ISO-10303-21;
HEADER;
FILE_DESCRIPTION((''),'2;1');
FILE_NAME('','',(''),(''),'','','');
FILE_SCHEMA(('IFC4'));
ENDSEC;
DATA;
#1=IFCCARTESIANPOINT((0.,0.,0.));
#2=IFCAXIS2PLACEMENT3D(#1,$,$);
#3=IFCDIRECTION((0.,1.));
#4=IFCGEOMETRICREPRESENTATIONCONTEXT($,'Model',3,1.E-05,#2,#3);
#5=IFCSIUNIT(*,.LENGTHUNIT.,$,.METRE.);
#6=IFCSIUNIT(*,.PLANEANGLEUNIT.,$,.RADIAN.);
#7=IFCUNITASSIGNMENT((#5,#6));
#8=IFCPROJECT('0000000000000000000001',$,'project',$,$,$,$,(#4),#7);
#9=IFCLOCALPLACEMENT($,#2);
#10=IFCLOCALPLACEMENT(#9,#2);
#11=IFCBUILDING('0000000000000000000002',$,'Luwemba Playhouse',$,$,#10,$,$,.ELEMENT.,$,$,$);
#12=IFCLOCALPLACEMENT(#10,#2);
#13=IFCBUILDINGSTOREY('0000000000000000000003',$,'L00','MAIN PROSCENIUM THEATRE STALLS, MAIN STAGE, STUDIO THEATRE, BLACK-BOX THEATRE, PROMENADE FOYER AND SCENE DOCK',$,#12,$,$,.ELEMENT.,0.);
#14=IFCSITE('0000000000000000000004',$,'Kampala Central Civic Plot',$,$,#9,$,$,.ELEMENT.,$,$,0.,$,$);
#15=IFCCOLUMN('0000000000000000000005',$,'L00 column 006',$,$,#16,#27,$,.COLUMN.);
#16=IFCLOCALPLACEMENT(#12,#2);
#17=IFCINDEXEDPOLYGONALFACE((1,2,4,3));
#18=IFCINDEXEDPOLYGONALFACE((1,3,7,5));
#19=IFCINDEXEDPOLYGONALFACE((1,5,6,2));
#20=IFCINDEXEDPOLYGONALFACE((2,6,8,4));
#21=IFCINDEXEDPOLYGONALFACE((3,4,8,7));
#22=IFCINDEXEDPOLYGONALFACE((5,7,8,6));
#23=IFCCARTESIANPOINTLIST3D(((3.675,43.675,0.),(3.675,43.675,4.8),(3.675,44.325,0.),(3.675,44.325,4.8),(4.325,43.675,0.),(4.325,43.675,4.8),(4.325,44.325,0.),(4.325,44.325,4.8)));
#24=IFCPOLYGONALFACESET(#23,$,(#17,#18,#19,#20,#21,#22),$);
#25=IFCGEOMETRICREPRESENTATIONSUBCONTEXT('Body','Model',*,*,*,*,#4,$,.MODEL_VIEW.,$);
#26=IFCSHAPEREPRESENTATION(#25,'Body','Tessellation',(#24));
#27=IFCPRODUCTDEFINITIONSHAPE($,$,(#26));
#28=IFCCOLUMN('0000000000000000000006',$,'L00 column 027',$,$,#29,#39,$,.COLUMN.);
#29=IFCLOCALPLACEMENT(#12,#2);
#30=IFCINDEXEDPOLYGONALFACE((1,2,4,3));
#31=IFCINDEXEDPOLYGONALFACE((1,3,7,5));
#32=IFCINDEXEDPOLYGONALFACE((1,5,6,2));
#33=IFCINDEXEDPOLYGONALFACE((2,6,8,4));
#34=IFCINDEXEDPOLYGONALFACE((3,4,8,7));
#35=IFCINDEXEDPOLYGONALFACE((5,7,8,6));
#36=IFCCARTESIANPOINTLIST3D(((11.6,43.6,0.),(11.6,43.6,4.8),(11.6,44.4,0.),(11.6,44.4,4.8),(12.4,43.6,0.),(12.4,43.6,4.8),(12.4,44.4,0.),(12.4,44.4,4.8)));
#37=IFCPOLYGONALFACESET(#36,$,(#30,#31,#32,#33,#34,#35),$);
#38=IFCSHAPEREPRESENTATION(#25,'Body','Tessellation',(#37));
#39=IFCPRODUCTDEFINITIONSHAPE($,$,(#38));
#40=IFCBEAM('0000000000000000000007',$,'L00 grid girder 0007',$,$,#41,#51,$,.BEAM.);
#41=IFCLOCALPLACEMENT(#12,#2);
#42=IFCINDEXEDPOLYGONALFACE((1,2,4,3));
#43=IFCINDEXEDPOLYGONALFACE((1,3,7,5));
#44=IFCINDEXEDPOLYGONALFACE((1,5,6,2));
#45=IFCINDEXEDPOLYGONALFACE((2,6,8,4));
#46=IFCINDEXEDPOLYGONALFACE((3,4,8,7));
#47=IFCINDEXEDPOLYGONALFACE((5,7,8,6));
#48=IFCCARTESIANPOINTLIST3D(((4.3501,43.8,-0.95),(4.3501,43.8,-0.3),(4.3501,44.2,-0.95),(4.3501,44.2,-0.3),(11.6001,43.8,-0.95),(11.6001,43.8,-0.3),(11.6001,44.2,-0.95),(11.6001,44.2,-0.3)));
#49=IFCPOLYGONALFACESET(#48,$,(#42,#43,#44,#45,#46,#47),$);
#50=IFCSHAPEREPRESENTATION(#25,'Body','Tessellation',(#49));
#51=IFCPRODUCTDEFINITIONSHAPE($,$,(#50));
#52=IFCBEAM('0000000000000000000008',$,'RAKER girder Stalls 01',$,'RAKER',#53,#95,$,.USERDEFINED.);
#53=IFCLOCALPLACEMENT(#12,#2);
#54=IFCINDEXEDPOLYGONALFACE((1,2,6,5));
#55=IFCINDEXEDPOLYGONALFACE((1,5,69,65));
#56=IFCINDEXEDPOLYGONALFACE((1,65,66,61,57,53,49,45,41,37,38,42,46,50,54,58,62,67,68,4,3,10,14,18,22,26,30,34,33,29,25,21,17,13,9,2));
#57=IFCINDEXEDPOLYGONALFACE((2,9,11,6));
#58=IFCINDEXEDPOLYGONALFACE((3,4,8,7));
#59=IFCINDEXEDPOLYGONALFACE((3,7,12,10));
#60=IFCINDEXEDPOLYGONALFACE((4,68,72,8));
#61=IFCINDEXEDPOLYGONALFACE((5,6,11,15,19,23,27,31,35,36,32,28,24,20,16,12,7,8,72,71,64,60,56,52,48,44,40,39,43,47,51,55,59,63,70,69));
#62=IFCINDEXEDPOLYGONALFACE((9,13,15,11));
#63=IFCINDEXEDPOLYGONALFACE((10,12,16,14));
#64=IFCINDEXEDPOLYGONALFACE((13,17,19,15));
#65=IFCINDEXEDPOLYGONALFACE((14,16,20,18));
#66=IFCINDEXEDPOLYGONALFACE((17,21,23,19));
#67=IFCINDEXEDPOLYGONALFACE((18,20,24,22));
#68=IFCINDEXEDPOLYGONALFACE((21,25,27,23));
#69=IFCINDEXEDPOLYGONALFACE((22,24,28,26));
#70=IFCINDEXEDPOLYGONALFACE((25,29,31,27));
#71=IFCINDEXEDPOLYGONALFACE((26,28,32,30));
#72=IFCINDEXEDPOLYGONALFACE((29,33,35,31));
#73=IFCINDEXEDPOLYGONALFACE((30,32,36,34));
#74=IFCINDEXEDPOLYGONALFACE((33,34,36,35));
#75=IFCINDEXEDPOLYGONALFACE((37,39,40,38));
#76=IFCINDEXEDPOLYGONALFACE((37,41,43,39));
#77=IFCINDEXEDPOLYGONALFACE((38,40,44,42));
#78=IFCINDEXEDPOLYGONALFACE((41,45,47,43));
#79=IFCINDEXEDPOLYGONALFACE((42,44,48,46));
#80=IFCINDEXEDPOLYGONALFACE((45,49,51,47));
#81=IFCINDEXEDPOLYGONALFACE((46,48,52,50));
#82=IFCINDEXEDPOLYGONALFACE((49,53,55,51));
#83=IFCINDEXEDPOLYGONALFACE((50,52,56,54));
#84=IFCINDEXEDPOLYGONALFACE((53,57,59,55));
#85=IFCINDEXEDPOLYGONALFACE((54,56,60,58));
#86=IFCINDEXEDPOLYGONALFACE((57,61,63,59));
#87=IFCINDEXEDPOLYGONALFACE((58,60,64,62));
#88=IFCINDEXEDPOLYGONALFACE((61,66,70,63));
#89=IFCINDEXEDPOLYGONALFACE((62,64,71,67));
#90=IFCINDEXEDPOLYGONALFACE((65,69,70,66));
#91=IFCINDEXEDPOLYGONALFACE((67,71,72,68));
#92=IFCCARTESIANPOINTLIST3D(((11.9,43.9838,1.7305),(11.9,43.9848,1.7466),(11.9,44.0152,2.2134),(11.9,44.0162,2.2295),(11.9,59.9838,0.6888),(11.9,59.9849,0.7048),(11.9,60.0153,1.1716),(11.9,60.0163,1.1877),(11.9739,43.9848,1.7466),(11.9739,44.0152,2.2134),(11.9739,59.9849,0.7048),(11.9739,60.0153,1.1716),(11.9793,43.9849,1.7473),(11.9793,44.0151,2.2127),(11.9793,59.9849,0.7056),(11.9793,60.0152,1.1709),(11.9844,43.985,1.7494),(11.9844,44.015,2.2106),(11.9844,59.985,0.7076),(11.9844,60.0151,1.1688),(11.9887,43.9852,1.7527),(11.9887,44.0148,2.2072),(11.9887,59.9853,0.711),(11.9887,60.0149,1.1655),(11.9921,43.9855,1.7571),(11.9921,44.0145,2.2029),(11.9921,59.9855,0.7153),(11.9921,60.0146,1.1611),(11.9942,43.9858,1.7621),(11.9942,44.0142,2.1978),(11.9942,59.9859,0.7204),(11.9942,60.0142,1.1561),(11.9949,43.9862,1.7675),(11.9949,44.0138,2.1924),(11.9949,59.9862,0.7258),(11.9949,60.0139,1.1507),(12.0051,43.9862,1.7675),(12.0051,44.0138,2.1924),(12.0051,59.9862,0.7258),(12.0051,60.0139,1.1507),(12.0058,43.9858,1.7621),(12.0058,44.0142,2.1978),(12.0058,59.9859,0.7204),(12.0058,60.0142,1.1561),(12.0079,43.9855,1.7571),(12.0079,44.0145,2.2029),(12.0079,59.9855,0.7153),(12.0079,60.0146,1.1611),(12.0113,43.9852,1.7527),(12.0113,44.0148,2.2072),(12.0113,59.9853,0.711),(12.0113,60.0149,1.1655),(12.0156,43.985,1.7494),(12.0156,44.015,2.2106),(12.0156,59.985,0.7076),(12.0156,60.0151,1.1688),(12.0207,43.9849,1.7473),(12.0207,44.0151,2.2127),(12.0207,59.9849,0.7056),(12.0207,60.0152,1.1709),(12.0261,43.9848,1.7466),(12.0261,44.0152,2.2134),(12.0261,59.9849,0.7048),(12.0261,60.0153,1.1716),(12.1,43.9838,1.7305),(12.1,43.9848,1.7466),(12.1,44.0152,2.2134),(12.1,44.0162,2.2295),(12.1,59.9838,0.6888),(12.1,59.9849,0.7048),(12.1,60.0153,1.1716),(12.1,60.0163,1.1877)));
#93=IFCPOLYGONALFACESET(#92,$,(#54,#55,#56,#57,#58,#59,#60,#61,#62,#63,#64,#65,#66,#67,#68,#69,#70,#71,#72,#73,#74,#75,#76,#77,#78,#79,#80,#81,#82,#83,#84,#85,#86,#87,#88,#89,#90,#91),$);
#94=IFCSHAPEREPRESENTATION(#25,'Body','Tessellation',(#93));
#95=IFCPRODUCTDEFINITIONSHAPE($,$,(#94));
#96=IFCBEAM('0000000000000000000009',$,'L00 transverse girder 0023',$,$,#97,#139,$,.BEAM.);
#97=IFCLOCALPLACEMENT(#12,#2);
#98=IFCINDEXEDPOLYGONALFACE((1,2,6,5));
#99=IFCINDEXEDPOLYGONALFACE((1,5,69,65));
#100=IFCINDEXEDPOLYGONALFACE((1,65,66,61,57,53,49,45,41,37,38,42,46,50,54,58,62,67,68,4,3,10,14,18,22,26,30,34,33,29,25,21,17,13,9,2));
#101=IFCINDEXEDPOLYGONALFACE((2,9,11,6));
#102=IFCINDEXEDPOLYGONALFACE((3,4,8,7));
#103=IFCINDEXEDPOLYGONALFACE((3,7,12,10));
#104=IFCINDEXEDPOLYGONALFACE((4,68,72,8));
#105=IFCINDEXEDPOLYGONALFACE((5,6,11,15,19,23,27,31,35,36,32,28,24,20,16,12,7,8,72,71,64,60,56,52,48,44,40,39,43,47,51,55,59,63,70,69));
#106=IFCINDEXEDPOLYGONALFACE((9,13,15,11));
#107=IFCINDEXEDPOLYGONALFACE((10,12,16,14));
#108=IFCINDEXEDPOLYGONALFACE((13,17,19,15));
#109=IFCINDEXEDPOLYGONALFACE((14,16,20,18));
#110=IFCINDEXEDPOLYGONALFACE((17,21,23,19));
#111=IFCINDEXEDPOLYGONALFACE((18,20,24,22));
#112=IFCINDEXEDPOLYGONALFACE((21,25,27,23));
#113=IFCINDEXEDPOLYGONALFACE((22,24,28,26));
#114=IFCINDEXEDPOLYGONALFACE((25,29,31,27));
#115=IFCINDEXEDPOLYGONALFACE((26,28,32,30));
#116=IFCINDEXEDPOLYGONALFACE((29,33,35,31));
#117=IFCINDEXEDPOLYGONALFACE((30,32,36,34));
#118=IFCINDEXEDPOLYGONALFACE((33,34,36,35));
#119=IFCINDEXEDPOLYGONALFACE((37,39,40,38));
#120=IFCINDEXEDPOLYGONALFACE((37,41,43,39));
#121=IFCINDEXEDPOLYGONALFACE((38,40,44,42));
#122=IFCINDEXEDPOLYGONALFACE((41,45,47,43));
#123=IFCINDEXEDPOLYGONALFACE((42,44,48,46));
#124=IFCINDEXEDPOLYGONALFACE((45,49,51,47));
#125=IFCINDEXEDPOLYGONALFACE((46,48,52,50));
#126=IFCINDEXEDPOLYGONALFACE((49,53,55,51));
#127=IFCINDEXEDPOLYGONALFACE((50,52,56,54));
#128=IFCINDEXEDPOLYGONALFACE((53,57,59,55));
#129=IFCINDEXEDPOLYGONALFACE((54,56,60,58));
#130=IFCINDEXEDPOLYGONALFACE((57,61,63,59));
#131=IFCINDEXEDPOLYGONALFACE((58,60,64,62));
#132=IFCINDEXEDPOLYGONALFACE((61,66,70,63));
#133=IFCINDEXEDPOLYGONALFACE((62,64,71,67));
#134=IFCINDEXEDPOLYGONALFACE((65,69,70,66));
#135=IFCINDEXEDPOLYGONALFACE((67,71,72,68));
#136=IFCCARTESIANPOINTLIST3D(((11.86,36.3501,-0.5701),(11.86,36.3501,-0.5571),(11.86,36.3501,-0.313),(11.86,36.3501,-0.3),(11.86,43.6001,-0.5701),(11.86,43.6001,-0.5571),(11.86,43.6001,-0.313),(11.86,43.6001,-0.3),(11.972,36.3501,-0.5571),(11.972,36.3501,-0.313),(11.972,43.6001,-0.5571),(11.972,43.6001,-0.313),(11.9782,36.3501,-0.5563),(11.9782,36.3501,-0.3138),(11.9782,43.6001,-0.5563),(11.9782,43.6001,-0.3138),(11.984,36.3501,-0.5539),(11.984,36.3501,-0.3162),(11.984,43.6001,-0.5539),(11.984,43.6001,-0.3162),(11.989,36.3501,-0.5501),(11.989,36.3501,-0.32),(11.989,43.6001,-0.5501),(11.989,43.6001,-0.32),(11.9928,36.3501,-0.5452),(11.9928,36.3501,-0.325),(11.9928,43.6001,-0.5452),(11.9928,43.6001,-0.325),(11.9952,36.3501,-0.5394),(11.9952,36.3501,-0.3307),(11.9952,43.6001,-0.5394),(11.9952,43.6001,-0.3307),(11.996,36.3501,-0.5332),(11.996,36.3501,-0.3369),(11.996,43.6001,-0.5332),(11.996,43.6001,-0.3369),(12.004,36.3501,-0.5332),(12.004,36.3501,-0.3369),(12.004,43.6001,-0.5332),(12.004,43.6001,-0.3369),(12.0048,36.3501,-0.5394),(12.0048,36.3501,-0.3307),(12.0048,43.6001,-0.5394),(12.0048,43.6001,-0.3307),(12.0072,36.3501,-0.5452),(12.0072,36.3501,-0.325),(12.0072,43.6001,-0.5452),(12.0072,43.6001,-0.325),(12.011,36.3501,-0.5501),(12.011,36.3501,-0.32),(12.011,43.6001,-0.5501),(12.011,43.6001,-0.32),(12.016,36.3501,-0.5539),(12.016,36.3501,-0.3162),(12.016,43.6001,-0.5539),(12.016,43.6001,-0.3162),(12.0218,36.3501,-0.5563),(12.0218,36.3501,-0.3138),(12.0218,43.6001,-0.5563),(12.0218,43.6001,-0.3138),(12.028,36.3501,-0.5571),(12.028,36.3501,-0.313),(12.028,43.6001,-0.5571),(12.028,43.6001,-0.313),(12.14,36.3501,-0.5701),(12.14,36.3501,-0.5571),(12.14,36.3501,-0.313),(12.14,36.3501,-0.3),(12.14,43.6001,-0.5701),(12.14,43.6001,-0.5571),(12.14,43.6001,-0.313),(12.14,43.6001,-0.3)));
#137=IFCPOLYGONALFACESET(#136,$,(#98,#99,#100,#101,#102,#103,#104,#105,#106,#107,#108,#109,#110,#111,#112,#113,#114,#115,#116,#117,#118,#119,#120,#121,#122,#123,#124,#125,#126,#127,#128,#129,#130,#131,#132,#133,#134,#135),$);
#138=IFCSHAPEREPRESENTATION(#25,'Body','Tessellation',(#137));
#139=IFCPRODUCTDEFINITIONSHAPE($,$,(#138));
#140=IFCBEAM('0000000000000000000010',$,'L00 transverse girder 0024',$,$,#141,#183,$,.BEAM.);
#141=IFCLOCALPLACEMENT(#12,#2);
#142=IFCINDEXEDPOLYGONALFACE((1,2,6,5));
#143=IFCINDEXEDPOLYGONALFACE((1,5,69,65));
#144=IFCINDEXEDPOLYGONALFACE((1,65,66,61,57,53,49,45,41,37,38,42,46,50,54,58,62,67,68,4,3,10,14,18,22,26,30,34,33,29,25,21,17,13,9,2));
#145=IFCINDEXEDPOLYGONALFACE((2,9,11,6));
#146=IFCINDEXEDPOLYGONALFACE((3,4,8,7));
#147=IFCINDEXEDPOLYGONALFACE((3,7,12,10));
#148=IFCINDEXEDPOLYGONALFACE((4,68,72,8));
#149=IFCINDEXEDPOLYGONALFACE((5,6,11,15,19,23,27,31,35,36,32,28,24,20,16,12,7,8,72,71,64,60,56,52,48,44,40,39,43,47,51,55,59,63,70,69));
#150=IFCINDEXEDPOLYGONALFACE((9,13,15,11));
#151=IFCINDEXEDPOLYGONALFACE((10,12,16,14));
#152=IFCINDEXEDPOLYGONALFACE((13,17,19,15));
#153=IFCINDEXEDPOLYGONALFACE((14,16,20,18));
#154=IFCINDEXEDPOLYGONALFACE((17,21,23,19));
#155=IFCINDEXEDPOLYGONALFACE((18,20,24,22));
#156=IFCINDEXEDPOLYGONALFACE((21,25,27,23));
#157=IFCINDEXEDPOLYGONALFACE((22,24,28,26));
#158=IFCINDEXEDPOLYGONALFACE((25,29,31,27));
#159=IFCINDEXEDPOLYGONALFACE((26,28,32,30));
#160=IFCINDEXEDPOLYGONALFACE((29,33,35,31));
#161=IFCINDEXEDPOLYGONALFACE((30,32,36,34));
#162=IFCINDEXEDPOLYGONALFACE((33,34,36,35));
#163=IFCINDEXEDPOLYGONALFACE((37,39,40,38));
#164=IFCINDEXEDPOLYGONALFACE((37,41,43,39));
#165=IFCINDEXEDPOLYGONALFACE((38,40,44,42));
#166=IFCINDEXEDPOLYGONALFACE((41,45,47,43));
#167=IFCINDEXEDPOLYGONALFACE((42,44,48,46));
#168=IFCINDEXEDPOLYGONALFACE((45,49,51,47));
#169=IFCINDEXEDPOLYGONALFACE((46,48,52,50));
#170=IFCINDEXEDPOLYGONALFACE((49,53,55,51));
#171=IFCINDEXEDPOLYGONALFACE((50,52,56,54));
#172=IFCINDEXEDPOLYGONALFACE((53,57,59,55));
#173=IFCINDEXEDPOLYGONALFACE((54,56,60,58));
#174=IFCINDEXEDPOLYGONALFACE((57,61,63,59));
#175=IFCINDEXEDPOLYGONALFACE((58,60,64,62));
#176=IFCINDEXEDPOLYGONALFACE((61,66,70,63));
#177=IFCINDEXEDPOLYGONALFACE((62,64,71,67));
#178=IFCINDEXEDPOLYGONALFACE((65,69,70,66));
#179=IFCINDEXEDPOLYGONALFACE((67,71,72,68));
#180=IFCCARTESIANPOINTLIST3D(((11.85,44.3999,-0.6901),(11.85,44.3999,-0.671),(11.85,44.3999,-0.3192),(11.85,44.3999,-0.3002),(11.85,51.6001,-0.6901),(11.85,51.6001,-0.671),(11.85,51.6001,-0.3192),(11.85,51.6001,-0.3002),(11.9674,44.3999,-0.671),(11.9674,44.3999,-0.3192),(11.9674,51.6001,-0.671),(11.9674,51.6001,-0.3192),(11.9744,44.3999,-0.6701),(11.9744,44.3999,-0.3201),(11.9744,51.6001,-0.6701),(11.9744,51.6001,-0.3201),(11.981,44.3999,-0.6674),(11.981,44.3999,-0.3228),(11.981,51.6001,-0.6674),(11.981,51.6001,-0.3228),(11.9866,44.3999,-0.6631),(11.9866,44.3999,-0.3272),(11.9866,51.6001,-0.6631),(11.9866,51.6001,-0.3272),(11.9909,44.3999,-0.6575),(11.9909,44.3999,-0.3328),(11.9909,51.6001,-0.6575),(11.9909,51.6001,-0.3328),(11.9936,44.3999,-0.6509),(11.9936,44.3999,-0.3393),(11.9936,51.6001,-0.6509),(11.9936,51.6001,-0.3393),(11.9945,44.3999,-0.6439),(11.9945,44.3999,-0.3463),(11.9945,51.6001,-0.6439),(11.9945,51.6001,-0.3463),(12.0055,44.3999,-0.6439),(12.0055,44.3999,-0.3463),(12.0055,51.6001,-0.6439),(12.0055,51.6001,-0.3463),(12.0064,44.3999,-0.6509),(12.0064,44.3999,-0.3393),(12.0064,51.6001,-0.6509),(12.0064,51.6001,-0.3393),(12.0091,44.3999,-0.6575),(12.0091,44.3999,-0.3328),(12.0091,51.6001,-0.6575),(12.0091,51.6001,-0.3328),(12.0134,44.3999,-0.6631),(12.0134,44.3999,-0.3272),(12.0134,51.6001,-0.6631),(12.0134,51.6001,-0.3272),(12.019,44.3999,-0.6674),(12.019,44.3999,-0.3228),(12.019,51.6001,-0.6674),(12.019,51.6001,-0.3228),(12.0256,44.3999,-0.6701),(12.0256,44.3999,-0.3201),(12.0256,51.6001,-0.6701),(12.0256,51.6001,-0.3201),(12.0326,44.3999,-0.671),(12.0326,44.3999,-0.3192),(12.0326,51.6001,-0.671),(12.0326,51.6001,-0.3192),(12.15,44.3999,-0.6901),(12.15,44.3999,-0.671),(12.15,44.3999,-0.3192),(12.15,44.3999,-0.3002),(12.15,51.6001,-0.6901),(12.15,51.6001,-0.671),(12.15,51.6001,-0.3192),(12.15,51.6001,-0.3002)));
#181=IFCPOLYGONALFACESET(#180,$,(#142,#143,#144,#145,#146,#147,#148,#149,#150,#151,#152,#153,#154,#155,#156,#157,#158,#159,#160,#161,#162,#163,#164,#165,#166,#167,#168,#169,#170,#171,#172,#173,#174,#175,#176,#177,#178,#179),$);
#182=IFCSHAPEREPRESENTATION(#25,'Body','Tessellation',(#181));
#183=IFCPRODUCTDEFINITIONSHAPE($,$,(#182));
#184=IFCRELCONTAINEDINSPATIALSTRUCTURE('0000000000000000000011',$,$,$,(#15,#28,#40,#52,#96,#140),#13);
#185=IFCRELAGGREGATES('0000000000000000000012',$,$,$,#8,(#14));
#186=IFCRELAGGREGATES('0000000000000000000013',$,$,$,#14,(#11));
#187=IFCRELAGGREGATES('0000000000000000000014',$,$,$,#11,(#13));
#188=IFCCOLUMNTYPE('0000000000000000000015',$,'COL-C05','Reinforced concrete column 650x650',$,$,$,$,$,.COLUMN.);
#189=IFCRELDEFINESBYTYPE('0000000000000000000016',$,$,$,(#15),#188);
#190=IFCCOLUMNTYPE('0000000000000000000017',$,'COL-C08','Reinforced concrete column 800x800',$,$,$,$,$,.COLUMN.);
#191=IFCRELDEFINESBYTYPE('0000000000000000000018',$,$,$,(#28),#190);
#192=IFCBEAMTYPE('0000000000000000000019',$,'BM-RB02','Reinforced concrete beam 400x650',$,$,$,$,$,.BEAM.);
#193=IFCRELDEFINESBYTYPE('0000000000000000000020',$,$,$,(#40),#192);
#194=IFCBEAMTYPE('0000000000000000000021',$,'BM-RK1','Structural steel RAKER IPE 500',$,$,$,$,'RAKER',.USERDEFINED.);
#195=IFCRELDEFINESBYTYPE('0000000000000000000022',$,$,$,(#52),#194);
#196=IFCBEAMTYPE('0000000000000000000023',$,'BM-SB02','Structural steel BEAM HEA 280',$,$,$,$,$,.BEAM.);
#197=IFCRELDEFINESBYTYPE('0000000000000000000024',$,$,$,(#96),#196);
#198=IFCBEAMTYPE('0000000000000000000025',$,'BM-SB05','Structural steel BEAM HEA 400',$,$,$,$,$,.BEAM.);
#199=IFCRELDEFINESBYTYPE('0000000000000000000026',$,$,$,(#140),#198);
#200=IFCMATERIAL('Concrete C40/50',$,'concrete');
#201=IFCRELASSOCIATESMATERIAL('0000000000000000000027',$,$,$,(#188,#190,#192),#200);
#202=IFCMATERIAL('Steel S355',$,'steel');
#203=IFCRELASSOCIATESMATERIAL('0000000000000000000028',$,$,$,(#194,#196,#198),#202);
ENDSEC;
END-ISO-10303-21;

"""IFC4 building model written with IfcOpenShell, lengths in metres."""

from ifc_helpers import new_model, si_unit, direction, frame, origin, origin_2d, place, context, subcontext, project, spatial, rectangle, i_section, extrude, material, material_profile, profile_set, type_object, element, save


model = new_model("IFC4")

# Units and contexts
model_context = context("Model", 3, precision=1e-05, world=origin(), true_north=direction((0.0, 1.0)))
body_context = subcontext(model_context, "Body", "Model", "MODEL_VIEW")
ifc_project = project(units=[si_unit("LENGTHUNIT", "METRE"), si_unit("PLANEANGLEUNIT", "RADIAN")], contexts=[model_context])

# Site, building, storey
site_placement = place(None, origin())
site = spatial("IfcSite", under=ifc_project, at=site_placement, Name="Kampala Central Civic Plot", CompositionType="ELEMENT", RefElevation=0.0)
building_placement = place(site_placement, origin())
building = spatial("IfcBuilding", under=site, at=building_placement, Name="Luwemba Playhouse", CompositionType="ELEMENT")
storey_placement = place(building_placement, origin())
storey = spatial("IfcBuildingStorey", under=building, at=storey_placement, Name="L00", Description="MAIN PROSCENIUM THEATRE STALLS, MAIN STAGE, STUDIO THEATRE, BLACK-BOX THEATRE, PROMENADE FOYER AND SCENE DOCK", CompositionType="ELEMENT", Elevation=0.0)

# Columns
ifc_material_1 = material(Name="Concrete C40/50", Category="concrete")
ifc_material_profile_1 = material_profile(ifc_material_1, rectangle(XDim=0.6499, YDim=0.6499, at=origin_2d()))
ifc_profile_set_1 = profile_set([ifc_material_profile_1], Name="Concrete C40/50")
column_type_1 = type_object("IfcColumnType", Name="COL-C05", Description="Reinforced concrete column 650x650", PredefinedType="COLUMN", material=ifc_profile_set_1)
column_1_placement = place(storey_placement, frame((4.0, 44.0, 0.0), z_axis=(0.0, 0.0, 1.0), x_axis=(1.0, 0.0, 0.0)))
element("IfcColumn", 1, at=column_1_placement, inside=storey, type_object=column_type_1, Name="L00 column 006", PredefinedType="COLUMN", context=body_context, shape_type="SweptSolid", body=[
    extrude(rectangle(XDim=0.6499, YDim=0.6499, at=origin_2d()), origin(), (0.0, 0.0, 1.0), 4.8),
])
ifc_material_profile_2 = material_profile(ifc_material_1, rectangle(XDim=0.8, YDim=0.8, at=origin_2d()))
ifc_profile_set_2 = profile_set([ifc_material_profile_2], Name="Concrete C40/50")
column_type_2 = type_object("IfcColumnType", Name="COL-C08", Description="Reinforced concrete column 800x800", PredefinedType="COLUMN", material=ifc_profile_set_2)
column_2_placement = place(storey_placement, frame((12.0, 44.0, 0.0), z_axis=(0.0, 0.0, 1.0), x_axis=(1.0, 0.0, 0.0)))
element("IfcColumn", 2, at=column_2_placement, inside=storey, type_object=column_type_2, Name="L00 column 027", PredefinedType="COLUMN", context=body_context, shape_type="SweptSolid", body=[
    extrude(rectangle(XDim=0.8, YDim=0.8, at=origin_2d()), origin(), (0.0, 0.0, 1.0), 4.8),
])

# Beams
ifc_material_profile_3 = material_profile(ifc_material_1, rectangle(XDim=0.3999, YDim=0.6499, at=origin_2d()))
ifc_profile_set_3 = profile_set([ifc_material_profile_3], Name="Concrete C40/50")
beam_type_1 = type_object("IfcBeamType", Name="BM-RB02", Description="Reinforced concrete beam 400x650", PredefinedType="BEAM", material=ifc_profile_set_3)
beam_1_placement = place(storey_placement, frame((4.3501, 44.0, -0.625), z_axis=(1.0, 0.0, 0.0), x_axis=(0.0, 1.0, 0.0)))
element("IfcBeam", 3, at=beam_1_placement, inside=storey, type_object=beam_type_1, Name="L00 grid girder 0007", PredefinedType="BEAM", context=body_context, shape_type="SweptSolid", body=[
    extrude(rectangle(XDim=0.3999, YDim=0.6499, at=origin_2d()), origin(), (0.0, 0.0, 1.0), 7.25),
])
ifc_material_2 = material(Name="Steel S355", Category="steel")
ifc_material_profile_4 = material_profile(ifc_material_2, i_section(OverallWidth=0.2, OverallDepth=0.5, WebThickness=0.0103, FlangeThickness=0.0161, FilletRadius=0.021, at=origin_2d()))
ifc_profile_set_4 = profile_set([ifc_material_profile_4], Name="Steel S355")
beam_type_2 = type_object("IfcBeamType", Name="BM-RK1", Description="Structural steel RAKER IPE 500", ElementType="RAKER", PredefinedType="USERDEFINED", material=ifc_profile_set_4)
beam_2_placement = place(storey_placement, frame((12.0, 44.0, 1.98), z_axis=(0.0, 0.997887, -0.064972), x_axis=(-1.0, 0.0, 0.0)))
element("IfcBeam", 4, at=beam_2_placement, inside=storey, type_object=beam_type_2, Name="RAKER girder Stalls 01", ObjectType="RAKER", PredefinedType="USERDEFINED", context=body_context, shape_type="SweptSolid", body=[
    extrude(i_section(OverallWidth=0.2, OverallDepth=0.5, WebThickness=0.0103, FlangeThickness=0.0161, FilletRadius=0.021, at=origin_2d()), origin(), (0.0, 0.0, 1.0), 16.0339),
])
ifc_material_profile_5 = material_profile(ifc_material_2, i_section(OverallWidth=0.28, OverallDepth=0.27, WebThickness=0.0081, FlangeThickness=0.0129, FilletRadius=0.0239, at=origin_2d()))
ifc_profile_set_5 = profile_set([ifc_material_profile_5], Name="Steel S355")
beam_type_3 = type_object("IfcBeamType", Name="BM-SB02", Description="Structural steel BEAM HEA 280", PredefinedType="BEAM", material=ifc_profile_set_5)
beam_3_placement = place(storey_placement, frame((12.0, 36.3501, -0.4351), z_axis=(0.0, 1.0, 0.0), x_axis=(-1.0, 0.0, 0.0)))
element("IfcBeam", 5, at=beam_3_placement, inside=storey, type_object=beam_type_3, Name="L00 transverse girder 0023", PredefinedType="BEAM", context=body_context, shape_type="SweptSolid", body=[
    extrude(i_section(OverallWidth=0.28, OverallDepth=0.27, WebThickness=0.0081, FlangeThickness=0.0129, FilletRadius=0.0239, at=origin_2d()), origin(), (0.0, 0.0, 1.0), 7.25),
])
ifc_material_profile_6 = material_profile(ifc_material_2, i_section(OverallWidth=0.3, OverallDepth=0.3899, WebThickness=0.011, FlangeThickness=0.019, FilletRadius=0.0271, at=origin_2d()))
ifc_profile_set_6 = profile_set([ifc_material_profile_6], Name="Steel S355")
beam_type_4 = type_object("IfcBeamType", Name="BM-SB05", Description="Structural steel BEAM HEA 400", PredefinedType="BEAM", material=ifc_profile_set_6)
beam_4_placement = place(storey_placement, frame((12.0, 44.3999, -0.4951), z_axis=(0.0, 1.0, 0.0), x_axis=(-1.0, 0.0, 0.0)))
element("IfcBeam", 6, at=beam_4_placement, inside=storey, type_object=beam_type_4, Name="L00 transverse girder 0024", PredefinedType="BEAM", context=body_context, shape_type="SweptSolid", body=[
    extrude(i_section(OverallWidth=0.3, OverallDepth=0.3899, WebThickness=0.011, FlangeThickness=0.019, FilletRadius=0.0271, at=origin_2d()), origin(), (0.0, 0.0, 1.0), 7.2002),
])

save(model, "model.ifc")
